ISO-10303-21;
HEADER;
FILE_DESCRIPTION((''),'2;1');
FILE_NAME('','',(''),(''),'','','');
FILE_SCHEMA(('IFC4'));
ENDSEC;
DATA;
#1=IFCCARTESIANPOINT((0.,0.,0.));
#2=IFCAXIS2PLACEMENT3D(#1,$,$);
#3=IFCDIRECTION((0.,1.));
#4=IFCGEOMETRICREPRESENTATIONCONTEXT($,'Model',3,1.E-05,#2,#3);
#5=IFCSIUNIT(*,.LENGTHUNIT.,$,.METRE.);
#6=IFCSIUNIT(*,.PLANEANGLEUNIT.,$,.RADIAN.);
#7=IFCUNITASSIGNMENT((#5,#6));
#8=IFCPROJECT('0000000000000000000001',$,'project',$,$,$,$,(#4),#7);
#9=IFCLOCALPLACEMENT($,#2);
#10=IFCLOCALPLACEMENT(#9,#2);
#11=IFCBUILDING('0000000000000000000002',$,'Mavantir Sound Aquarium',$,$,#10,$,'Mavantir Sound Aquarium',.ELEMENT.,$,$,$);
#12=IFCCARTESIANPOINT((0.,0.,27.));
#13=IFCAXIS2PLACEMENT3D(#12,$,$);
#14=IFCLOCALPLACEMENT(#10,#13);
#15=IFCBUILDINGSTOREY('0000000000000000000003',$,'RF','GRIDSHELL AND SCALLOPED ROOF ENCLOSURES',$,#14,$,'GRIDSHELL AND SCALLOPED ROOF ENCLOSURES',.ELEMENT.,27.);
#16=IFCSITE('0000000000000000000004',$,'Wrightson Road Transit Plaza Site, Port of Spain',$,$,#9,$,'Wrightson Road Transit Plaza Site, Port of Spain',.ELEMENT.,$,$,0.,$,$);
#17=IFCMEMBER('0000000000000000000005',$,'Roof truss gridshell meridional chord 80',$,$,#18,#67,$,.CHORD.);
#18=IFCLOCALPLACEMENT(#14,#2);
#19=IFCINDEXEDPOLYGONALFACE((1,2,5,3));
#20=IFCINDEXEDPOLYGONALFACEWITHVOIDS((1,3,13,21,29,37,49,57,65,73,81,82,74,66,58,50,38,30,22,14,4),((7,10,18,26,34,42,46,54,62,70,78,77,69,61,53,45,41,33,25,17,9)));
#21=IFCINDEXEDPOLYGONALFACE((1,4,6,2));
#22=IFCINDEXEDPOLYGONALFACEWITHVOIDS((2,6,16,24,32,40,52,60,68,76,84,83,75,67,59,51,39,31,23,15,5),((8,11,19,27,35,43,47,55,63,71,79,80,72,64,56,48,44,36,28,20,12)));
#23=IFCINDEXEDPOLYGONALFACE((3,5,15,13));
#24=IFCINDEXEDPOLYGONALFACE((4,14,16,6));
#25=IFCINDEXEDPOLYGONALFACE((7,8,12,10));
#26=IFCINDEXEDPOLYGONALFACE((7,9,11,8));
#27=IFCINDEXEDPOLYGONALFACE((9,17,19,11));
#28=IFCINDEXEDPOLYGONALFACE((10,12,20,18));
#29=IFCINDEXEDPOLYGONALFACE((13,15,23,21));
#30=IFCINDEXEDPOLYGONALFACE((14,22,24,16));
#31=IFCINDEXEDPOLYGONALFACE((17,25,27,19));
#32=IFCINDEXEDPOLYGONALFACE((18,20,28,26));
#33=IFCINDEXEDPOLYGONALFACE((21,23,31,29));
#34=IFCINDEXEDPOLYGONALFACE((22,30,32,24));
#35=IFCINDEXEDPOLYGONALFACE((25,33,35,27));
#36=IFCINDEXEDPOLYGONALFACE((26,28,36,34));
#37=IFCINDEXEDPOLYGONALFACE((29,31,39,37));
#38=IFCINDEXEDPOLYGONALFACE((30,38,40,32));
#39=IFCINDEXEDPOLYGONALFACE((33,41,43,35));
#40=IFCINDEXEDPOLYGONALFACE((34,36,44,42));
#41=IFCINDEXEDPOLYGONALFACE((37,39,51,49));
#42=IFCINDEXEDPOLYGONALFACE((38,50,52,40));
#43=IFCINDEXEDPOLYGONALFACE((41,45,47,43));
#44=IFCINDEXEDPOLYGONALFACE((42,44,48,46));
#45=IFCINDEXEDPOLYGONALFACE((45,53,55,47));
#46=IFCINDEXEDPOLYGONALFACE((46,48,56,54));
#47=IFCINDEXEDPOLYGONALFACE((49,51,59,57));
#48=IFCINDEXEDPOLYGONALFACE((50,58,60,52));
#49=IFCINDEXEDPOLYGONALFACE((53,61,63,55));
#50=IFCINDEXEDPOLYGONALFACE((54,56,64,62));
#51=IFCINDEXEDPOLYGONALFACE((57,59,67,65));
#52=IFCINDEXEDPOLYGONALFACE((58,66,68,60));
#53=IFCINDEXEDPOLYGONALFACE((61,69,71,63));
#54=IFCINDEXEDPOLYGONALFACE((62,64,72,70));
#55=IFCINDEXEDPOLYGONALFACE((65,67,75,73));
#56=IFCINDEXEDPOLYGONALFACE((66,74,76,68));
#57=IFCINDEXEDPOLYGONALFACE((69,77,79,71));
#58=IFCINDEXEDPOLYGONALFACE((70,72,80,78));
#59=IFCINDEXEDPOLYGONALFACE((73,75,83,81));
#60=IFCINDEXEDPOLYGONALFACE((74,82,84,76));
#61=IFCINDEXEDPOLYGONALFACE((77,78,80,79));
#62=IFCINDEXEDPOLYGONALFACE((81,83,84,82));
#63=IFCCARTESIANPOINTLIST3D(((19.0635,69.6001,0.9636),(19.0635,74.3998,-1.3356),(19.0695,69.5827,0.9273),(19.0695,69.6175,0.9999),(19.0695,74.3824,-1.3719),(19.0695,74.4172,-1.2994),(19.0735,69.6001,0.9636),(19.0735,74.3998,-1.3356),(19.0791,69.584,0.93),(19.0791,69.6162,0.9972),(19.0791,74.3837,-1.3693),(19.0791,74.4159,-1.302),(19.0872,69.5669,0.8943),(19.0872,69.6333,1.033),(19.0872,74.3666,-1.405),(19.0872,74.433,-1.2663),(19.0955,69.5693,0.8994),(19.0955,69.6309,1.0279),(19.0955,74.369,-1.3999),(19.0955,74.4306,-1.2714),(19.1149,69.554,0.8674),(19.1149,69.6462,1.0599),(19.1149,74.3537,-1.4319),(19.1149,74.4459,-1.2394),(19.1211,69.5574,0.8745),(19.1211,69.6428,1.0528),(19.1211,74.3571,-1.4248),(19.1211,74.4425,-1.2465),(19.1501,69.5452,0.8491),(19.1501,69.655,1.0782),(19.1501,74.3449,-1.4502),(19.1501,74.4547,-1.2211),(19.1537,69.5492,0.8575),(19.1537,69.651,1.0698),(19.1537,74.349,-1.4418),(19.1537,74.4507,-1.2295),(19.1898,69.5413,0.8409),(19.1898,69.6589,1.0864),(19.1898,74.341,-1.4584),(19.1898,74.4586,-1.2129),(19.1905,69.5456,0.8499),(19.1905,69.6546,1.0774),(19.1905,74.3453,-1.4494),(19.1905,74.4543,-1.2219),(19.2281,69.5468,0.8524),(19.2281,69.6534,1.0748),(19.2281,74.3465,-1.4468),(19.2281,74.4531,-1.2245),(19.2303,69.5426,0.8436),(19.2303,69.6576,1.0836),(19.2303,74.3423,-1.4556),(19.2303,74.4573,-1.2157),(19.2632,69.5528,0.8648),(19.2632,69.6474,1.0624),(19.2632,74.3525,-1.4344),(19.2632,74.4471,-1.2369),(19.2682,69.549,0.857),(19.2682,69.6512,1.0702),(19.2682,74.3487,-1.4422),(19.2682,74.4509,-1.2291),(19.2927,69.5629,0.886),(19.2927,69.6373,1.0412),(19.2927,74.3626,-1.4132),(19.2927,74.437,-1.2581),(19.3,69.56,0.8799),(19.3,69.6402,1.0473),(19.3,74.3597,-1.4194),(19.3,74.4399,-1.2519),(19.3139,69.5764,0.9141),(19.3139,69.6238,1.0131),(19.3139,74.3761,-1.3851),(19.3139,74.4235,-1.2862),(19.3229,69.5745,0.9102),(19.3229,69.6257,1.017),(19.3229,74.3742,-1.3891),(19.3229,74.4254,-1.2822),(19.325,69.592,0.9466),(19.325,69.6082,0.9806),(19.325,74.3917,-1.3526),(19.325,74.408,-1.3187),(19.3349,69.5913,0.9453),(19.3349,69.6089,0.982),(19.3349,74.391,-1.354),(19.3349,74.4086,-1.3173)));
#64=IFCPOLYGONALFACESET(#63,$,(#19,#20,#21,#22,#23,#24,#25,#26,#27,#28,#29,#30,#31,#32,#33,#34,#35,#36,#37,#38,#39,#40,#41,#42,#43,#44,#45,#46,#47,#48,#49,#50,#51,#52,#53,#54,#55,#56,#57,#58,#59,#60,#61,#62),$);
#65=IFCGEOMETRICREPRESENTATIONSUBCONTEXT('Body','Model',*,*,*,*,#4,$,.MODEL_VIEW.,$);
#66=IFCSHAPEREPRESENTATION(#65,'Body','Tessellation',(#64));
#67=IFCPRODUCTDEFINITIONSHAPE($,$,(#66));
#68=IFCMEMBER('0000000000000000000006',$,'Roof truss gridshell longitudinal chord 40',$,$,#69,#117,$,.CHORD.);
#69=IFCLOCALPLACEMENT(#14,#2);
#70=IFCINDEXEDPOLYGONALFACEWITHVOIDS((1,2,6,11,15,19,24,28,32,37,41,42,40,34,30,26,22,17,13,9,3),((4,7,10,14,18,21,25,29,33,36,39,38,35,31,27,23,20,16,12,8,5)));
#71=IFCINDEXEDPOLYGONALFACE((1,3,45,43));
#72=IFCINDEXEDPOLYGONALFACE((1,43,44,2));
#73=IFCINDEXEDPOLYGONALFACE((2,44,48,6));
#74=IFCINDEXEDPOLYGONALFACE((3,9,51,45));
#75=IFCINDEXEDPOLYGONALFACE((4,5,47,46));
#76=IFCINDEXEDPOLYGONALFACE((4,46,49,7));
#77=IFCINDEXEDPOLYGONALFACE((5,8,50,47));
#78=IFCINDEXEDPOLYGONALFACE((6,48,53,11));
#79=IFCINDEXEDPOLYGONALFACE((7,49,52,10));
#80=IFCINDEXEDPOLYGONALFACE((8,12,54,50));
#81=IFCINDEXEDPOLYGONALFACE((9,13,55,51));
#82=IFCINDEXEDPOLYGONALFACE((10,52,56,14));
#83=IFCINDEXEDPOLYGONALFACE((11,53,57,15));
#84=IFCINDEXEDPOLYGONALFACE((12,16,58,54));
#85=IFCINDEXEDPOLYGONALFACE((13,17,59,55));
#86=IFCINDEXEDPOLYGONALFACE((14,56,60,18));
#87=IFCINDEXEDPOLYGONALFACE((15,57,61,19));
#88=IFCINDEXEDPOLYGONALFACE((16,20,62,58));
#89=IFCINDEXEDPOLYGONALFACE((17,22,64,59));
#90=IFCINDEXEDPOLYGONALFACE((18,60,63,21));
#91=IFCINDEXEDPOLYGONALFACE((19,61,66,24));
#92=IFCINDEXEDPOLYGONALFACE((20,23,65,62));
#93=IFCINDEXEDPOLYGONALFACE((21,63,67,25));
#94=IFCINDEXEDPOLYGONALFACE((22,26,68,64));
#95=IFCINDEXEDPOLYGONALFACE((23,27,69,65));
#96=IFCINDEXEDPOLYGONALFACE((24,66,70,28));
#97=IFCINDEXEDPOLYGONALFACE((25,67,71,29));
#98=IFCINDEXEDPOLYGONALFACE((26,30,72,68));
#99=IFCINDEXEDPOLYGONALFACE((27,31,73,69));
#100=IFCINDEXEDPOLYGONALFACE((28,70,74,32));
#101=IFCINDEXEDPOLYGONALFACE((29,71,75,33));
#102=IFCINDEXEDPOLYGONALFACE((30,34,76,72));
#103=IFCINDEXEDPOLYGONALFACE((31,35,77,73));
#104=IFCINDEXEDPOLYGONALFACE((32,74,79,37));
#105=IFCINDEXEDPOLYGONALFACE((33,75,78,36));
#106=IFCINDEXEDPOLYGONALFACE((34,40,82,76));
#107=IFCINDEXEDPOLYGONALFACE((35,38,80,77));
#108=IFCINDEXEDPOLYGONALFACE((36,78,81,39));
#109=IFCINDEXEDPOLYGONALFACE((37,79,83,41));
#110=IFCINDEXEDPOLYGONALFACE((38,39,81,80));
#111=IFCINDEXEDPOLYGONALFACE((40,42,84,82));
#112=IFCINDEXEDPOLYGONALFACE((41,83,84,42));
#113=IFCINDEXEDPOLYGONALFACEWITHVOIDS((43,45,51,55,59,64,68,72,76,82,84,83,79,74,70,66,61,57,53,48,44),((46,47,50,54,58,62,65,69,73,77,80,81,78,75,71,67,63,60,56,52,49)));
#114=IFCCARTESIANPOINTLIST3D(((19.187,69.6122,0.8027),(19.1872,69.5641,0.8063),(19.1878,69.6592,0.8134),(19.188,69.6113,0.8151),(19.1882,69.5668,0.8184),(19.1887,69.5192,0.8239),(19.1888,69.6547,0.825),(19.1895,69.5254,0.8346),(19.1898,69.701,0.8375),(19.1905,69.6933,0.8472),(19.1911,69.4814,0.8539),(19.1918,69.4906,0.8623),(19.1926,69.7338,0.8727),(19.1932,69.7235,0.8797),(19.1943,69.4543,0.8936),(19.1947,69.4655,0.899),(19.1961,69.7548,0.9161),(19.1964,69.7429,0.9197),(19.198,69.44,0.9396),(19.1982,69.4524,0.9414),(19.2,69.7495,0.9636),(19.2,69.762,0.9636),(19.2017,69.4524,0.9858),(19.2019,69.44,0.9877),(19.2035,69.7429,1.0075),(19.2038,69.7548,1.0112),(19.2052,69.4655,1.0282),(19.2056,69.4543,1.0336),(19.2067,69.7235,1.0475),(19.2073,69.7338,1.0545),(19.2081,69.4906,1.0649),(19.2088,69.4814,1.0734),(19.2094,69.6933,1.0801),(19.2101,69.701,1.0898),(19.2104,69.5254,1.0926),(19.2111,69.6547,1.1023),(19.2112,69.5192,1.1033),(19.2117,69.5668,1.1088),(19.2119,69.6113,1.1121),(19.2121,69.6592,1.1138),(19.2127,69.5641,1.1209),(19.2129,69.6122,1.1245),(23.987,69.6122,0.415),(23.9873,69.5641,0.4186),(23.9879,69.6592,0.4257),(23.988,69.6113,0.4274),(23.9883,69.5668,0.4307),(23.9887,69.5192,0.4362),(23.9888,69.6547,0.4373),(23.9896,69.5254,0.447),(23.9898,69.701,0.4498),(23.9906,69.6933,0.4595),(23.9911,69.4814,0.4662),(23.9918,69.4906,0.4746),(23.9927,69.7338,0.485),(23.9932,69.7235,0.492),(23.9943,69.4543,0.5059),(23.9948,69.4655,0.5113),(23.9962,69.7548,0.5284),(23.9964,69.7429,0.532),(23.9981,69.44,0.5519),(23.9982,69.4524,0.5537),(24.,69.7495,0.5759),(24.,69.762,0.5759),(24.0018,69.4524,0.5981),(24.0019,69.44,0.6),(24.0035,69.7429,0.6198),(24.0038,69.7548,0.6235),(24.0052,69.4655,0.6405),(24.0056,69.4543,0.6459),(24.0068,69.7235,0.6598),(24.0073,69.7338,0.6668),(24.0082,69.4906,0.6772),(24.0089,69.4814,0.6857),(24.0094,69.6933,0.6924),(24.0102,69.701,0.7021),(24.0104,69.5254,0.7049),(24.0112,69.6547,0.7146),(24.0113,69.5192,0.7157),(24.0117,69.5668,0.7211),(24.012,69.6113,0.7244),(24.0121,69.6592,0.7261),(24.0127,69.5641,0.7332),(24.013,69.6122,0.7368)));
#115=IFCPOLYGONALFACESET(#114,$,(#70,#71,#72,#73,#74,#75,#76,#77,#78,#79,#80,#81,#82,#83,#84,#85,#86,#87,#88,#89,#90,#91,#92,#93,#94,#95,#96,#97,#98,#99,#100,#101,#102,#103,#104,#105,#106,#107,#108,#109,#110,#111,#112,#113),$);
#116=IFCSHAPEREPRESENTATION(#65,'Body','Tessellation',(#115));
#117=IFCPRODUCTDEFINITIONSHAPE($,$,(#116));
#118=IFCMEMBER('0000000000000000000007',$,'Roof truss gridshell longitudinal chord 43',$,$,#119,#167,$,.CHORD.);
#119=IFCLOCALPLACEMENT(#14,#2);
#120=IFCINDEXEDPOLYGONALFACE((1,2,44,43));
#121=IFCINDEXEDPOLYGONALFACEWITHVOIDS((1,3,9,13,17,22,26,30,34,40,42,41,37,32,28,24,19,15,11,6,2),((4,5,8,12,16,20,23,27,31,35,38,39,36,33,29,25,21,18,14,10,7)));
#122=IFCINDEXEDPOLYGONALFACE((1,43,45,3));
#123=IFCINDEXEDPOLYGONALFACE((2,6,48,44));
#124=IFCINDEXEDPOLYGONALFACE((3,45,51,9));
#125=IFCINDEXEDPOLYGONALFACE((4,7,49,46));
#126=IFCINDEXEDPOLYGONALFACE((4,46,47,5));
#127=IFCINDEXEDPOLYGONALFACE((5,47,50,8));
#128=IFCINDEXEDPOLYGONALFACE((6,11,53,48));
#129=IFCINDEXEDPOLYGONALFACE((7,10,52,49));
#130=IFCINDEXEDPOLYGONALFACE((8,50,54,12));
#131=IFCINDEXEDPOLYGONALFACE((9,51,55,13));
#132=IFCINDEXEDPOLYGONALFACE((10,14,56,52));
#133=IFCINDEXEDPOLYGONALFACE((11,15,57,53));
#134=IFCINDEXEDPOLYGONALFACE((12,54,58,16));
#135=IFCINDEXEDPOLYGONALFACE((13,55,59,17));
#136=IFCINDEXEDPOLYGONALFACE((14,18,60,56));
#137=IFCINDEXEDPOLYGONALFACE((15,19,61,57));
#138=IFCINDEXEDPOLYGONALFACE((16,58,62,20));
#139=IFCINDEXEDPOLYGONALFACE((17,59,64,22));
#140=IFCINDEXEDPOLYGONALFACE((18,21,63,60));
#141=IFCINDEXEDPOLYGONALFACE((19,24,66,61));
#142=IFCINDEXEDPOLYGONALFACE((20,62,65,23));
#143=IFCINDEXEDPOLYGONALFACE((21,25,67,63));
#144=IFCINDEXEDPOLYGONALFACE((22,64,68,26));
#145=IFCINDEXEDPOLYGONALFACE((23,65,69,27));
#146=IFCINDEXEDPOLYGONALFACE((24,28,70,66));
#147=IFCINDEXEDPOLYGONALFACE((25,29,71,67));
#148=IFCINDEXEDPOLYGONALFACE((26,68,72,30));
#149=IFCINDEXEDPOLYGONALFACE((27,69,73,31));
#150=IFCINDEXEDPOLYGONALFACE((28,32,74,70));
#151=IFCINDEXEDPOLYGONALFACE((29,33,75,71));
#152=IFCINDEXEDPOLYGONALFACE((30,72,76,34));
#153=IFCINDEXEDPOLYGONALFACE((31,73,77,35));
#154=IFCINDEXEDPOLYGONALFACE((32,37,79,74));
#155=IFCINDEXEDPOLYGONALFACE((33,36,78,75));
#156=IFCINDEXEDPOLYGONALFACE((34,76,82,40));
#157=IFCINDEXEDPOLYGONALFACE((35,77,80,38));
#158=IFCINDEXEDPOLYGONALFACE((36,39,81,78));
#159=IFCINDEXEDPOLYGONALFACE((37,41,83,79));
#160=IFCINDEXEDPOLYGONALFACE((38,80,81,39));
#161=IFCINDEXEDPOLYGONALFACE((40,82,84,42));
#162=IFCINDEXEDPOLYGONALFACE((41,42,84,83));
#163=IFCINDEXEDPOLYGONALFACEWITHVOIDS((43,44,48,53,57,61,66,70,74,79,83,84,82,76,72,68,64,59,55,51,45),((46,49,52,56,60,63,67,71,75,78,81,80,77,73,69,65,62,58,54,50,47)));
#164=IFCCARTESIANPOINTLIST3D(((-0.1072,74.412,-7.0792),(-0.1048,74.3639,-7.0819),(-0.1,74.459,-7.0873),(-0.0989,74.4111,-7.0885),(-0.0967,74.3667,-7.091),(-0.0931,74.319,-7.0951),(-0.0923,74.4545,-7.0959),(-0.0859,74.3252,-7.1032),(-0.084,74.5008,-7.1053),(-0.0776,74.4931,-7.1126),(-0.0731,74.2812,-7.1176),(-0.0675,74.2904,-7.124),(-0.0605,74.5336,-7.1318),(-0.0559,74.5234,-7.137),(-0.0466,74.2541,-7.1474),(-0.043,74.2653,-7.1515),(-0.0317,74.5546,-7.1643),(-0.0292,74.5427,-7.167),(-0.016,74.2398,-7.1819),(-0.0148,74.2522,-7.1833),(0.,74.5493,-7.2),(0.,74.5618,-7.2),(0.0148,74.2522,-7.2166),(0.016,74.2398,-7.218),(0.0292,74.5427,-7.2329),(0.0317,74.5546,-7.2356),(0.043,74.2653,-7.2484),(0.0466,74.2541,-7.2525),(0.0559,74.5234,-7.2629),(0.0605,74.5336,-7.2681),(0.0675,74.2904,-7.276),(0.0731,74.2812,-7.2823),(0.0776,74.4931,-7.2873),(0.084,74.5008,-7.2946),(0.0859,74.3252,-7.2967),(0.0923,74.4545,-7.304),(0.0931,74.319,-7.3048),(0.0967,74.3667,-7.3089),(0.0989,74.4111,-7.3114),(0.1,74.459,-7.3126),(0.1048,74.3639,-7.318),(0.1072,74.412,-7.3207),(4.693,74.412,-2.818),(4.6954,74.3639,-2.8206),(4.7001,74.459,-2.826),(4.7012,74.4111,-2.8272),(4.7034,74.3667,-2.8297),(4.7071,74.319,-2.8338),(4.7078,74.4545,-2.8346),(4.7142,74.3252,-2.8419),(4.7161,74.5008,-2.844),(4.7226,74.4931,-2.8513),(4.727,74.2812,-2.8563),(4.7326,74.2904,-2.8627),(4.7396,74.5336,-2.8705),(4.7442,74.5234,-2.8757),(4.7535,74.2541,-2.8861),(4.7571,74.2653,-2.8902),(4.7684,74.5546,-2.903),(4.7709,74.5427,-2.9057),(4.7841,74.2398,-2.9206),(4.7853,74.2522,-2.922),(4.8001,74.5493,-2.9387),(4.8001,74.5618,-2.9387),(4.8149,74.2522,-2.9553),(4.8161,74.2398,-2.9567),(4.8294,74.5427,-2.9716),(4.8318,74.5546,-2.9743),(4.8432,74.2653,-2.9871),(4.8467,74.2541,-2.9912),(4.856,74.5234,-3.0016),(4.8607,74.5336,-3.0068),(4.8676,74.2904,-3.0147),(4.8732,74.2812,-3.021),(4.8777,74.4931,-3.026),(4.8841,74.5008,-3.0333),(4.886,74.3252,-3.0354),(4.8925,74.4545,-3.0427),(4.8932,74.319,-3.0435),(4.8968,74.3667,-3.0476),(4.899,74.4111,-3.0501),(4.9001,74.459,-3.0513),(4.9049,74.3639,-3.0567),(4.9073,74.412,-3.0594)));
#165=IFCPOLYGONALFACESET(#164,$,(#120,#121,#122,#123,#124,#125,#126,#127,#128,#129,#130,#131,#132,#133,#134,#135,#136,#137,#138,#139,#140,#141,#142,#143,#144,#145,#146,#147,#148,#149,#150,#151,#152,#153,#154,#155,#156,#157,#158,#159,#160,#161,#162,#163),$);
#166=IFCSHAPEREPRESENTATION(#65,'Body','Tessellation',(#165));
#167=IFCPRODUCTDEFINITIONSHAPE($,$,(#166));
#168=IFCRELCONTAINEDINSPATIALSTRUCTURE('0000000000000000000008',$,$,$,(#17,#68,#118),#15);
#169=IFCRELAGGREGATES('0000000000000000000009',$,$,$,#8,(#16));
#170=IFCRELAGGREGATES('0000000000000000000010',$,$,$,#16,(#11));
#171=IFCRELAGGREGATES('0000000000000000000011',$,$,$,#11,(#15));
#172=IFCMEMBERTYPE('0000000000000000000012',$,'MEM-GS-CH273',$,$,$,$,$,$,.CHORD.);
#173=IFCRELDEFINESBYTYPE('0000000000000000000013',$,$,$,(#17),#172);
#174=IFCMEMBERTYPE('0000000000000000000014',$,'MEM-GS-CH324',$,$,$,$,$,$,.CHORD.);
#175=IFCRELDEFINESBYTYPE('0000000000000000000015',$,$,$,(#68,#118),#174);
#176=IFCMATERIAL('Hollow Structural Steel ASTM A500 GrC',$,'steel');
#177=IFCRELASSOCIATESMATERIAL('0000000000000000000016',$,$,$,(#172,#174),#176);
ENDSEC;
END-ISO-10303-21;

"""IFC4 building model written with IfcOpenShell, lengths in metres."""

from ifc_helpers import new_model, si_unit, direction, frame, origin, origin_2d, place, context, subcontext, project, spatial, hollow_circle, extrude, material, material_profile, profile_set, type_object, element, save


model = new_model("IFC4")

# Units and contexts
model_context = context("Model", 3, precision=1e-05, world=origin(), true_north=direction((0.0, 1.0)))
body_context = subcontext(model_context, "Body", "Model", "MODEL_VIEW")
ifc_project = project(units=[si_unit("LENGTHUNIT", "METRE"), si_unit("PLANEANGLEUNIT", "RADIAN")], contexts=[model_context])

# Site, building, storey
site_placement = place(None, origin())
site = spatial("IfcSite", under=ifc_project, at=site_placement, Name="Wrightson Road Transit Plaza Site, Port of Spain", LongName="Wrightson Road Transit Plaza Site, Port of Spain", CompositionType="ELEMENT", RefElevation=0.0)
building_placement = place(site_placement, origin())
building = spatial("IfcBuilding", under=site, at=building_placement, Name="Mavantir Sound Aquarium", LongName="Mavantir Sound Aquarium", CompositionType="ELEMENT")
storey_placement = place(building_placement, frame((0.0, 0.0, 27.0)))
storey = spatial("IfcBuildingStorey", under=building, at=storey_placement, Name="RF", Description="GRIDSHELL AND SCALLOPED ROOF ENCLOSURES", LongName="GRIDSHELL AND SCALLOPED ROOF ENCLOSURES", CompositionType="ELEMENT", Elevation=27.0)

# Shared definitions
ifc_material_1 = material(Name="Hollow Structural Steel ASTM A500 GrC", Category="steel")

# Members
ifc_material_profile_1 = material_profile(ifc_material_1, hollow_circle(Radius=0.1365, WallThickness=0.01, at=origin_2d()), Name="CHS 273X10")
ifc_profile_set_1 = profile_set([ifc_material_profile_1], Name="Hollow Structural Steel ASTM A500 GrC")
member_type_1 = type_object("IfcMemberType", Name="MEM-GS-CH273", PredefinedType="CHORD", material=ifc_profile_set_1)
member_1_placement = place(storey_placement, frame((19.2, 69.6001, 0.9636), z_axis=(0.0, 0.901859, -0.43203), x_axis=(-1.0, 0.0, 0.0)))
element("IfcMember", 1, at=member_1_placement, inside=storey, type_object=member_type_1, Name="Roof truss gridshell meridional chord 80", PredefinedType="CHORD", context=body_context, shape_type="SweptSolid", body=[
    extrude(hollow_circle(Radius=0.1365, WallThickness=0.01, at=origin_2d()), origin(), (0.0, 0.0, 1.0), 5.322),
])
ifc_material_profile_2 = material_profile(ifc_material_1, hollow_circle(Radius=0.1619, WallThickness=0.0125, at=origin_2d()), Name="CHS 323.9X12.5")
ifc_profile_set_2 = profile_set([ifc_material_profile_2], Name="Hollow Structural Steel ASTM A500 GrC")
member_type_2 = type_object("IfcMemberType", Name="MEM-GS-CH324", PredefinedType="CHORD", material=ifc_profile_set_2)
member_2_placement = place(storey_placement, frame((19.2, 69.6001, 0.9636), z_axis=(0.996754, 0.0, -0.080507), x_axis=(0.0, 1.0, 0.0)))
element("IfcMember", 2, at=member_2_placement, inside=storey, type_object=member_type_2, Name="Roof truss gridshell longitudinal chord 40", PredefinedType="CHORD", context=body_context, shape_type="SweptSolid", body=[
    extrude(hollow_circle(Radius=0.1619, WallThickness=0.0125, at=origin_2d()), origin(), (0.0, 0.0, 1.0), 4.8157),
])
member_3_placement = place(storey_placement, frame((0.0, 74.3999, -7.2), z_axis=(0.747833, 0.0, 0.663887), x_axis=(0.0, 1.0, 0.0)))
element("IfcMember", 3, at=member_3_placement, inside=storey, type_object=member_type_2, Name="Roof truss gridshell longitudinal chord 43", PredefinedType="CHORD", context=body_context, shape_type="SweptSolid", body=[
    extrude(hollow_circle(Radius=0.1619, WallThickness=0.0125, at=origin_2d()), origin(), (0.0, 0.0, 1.0), 6.4187),
])

save(model, "model.ifc")
